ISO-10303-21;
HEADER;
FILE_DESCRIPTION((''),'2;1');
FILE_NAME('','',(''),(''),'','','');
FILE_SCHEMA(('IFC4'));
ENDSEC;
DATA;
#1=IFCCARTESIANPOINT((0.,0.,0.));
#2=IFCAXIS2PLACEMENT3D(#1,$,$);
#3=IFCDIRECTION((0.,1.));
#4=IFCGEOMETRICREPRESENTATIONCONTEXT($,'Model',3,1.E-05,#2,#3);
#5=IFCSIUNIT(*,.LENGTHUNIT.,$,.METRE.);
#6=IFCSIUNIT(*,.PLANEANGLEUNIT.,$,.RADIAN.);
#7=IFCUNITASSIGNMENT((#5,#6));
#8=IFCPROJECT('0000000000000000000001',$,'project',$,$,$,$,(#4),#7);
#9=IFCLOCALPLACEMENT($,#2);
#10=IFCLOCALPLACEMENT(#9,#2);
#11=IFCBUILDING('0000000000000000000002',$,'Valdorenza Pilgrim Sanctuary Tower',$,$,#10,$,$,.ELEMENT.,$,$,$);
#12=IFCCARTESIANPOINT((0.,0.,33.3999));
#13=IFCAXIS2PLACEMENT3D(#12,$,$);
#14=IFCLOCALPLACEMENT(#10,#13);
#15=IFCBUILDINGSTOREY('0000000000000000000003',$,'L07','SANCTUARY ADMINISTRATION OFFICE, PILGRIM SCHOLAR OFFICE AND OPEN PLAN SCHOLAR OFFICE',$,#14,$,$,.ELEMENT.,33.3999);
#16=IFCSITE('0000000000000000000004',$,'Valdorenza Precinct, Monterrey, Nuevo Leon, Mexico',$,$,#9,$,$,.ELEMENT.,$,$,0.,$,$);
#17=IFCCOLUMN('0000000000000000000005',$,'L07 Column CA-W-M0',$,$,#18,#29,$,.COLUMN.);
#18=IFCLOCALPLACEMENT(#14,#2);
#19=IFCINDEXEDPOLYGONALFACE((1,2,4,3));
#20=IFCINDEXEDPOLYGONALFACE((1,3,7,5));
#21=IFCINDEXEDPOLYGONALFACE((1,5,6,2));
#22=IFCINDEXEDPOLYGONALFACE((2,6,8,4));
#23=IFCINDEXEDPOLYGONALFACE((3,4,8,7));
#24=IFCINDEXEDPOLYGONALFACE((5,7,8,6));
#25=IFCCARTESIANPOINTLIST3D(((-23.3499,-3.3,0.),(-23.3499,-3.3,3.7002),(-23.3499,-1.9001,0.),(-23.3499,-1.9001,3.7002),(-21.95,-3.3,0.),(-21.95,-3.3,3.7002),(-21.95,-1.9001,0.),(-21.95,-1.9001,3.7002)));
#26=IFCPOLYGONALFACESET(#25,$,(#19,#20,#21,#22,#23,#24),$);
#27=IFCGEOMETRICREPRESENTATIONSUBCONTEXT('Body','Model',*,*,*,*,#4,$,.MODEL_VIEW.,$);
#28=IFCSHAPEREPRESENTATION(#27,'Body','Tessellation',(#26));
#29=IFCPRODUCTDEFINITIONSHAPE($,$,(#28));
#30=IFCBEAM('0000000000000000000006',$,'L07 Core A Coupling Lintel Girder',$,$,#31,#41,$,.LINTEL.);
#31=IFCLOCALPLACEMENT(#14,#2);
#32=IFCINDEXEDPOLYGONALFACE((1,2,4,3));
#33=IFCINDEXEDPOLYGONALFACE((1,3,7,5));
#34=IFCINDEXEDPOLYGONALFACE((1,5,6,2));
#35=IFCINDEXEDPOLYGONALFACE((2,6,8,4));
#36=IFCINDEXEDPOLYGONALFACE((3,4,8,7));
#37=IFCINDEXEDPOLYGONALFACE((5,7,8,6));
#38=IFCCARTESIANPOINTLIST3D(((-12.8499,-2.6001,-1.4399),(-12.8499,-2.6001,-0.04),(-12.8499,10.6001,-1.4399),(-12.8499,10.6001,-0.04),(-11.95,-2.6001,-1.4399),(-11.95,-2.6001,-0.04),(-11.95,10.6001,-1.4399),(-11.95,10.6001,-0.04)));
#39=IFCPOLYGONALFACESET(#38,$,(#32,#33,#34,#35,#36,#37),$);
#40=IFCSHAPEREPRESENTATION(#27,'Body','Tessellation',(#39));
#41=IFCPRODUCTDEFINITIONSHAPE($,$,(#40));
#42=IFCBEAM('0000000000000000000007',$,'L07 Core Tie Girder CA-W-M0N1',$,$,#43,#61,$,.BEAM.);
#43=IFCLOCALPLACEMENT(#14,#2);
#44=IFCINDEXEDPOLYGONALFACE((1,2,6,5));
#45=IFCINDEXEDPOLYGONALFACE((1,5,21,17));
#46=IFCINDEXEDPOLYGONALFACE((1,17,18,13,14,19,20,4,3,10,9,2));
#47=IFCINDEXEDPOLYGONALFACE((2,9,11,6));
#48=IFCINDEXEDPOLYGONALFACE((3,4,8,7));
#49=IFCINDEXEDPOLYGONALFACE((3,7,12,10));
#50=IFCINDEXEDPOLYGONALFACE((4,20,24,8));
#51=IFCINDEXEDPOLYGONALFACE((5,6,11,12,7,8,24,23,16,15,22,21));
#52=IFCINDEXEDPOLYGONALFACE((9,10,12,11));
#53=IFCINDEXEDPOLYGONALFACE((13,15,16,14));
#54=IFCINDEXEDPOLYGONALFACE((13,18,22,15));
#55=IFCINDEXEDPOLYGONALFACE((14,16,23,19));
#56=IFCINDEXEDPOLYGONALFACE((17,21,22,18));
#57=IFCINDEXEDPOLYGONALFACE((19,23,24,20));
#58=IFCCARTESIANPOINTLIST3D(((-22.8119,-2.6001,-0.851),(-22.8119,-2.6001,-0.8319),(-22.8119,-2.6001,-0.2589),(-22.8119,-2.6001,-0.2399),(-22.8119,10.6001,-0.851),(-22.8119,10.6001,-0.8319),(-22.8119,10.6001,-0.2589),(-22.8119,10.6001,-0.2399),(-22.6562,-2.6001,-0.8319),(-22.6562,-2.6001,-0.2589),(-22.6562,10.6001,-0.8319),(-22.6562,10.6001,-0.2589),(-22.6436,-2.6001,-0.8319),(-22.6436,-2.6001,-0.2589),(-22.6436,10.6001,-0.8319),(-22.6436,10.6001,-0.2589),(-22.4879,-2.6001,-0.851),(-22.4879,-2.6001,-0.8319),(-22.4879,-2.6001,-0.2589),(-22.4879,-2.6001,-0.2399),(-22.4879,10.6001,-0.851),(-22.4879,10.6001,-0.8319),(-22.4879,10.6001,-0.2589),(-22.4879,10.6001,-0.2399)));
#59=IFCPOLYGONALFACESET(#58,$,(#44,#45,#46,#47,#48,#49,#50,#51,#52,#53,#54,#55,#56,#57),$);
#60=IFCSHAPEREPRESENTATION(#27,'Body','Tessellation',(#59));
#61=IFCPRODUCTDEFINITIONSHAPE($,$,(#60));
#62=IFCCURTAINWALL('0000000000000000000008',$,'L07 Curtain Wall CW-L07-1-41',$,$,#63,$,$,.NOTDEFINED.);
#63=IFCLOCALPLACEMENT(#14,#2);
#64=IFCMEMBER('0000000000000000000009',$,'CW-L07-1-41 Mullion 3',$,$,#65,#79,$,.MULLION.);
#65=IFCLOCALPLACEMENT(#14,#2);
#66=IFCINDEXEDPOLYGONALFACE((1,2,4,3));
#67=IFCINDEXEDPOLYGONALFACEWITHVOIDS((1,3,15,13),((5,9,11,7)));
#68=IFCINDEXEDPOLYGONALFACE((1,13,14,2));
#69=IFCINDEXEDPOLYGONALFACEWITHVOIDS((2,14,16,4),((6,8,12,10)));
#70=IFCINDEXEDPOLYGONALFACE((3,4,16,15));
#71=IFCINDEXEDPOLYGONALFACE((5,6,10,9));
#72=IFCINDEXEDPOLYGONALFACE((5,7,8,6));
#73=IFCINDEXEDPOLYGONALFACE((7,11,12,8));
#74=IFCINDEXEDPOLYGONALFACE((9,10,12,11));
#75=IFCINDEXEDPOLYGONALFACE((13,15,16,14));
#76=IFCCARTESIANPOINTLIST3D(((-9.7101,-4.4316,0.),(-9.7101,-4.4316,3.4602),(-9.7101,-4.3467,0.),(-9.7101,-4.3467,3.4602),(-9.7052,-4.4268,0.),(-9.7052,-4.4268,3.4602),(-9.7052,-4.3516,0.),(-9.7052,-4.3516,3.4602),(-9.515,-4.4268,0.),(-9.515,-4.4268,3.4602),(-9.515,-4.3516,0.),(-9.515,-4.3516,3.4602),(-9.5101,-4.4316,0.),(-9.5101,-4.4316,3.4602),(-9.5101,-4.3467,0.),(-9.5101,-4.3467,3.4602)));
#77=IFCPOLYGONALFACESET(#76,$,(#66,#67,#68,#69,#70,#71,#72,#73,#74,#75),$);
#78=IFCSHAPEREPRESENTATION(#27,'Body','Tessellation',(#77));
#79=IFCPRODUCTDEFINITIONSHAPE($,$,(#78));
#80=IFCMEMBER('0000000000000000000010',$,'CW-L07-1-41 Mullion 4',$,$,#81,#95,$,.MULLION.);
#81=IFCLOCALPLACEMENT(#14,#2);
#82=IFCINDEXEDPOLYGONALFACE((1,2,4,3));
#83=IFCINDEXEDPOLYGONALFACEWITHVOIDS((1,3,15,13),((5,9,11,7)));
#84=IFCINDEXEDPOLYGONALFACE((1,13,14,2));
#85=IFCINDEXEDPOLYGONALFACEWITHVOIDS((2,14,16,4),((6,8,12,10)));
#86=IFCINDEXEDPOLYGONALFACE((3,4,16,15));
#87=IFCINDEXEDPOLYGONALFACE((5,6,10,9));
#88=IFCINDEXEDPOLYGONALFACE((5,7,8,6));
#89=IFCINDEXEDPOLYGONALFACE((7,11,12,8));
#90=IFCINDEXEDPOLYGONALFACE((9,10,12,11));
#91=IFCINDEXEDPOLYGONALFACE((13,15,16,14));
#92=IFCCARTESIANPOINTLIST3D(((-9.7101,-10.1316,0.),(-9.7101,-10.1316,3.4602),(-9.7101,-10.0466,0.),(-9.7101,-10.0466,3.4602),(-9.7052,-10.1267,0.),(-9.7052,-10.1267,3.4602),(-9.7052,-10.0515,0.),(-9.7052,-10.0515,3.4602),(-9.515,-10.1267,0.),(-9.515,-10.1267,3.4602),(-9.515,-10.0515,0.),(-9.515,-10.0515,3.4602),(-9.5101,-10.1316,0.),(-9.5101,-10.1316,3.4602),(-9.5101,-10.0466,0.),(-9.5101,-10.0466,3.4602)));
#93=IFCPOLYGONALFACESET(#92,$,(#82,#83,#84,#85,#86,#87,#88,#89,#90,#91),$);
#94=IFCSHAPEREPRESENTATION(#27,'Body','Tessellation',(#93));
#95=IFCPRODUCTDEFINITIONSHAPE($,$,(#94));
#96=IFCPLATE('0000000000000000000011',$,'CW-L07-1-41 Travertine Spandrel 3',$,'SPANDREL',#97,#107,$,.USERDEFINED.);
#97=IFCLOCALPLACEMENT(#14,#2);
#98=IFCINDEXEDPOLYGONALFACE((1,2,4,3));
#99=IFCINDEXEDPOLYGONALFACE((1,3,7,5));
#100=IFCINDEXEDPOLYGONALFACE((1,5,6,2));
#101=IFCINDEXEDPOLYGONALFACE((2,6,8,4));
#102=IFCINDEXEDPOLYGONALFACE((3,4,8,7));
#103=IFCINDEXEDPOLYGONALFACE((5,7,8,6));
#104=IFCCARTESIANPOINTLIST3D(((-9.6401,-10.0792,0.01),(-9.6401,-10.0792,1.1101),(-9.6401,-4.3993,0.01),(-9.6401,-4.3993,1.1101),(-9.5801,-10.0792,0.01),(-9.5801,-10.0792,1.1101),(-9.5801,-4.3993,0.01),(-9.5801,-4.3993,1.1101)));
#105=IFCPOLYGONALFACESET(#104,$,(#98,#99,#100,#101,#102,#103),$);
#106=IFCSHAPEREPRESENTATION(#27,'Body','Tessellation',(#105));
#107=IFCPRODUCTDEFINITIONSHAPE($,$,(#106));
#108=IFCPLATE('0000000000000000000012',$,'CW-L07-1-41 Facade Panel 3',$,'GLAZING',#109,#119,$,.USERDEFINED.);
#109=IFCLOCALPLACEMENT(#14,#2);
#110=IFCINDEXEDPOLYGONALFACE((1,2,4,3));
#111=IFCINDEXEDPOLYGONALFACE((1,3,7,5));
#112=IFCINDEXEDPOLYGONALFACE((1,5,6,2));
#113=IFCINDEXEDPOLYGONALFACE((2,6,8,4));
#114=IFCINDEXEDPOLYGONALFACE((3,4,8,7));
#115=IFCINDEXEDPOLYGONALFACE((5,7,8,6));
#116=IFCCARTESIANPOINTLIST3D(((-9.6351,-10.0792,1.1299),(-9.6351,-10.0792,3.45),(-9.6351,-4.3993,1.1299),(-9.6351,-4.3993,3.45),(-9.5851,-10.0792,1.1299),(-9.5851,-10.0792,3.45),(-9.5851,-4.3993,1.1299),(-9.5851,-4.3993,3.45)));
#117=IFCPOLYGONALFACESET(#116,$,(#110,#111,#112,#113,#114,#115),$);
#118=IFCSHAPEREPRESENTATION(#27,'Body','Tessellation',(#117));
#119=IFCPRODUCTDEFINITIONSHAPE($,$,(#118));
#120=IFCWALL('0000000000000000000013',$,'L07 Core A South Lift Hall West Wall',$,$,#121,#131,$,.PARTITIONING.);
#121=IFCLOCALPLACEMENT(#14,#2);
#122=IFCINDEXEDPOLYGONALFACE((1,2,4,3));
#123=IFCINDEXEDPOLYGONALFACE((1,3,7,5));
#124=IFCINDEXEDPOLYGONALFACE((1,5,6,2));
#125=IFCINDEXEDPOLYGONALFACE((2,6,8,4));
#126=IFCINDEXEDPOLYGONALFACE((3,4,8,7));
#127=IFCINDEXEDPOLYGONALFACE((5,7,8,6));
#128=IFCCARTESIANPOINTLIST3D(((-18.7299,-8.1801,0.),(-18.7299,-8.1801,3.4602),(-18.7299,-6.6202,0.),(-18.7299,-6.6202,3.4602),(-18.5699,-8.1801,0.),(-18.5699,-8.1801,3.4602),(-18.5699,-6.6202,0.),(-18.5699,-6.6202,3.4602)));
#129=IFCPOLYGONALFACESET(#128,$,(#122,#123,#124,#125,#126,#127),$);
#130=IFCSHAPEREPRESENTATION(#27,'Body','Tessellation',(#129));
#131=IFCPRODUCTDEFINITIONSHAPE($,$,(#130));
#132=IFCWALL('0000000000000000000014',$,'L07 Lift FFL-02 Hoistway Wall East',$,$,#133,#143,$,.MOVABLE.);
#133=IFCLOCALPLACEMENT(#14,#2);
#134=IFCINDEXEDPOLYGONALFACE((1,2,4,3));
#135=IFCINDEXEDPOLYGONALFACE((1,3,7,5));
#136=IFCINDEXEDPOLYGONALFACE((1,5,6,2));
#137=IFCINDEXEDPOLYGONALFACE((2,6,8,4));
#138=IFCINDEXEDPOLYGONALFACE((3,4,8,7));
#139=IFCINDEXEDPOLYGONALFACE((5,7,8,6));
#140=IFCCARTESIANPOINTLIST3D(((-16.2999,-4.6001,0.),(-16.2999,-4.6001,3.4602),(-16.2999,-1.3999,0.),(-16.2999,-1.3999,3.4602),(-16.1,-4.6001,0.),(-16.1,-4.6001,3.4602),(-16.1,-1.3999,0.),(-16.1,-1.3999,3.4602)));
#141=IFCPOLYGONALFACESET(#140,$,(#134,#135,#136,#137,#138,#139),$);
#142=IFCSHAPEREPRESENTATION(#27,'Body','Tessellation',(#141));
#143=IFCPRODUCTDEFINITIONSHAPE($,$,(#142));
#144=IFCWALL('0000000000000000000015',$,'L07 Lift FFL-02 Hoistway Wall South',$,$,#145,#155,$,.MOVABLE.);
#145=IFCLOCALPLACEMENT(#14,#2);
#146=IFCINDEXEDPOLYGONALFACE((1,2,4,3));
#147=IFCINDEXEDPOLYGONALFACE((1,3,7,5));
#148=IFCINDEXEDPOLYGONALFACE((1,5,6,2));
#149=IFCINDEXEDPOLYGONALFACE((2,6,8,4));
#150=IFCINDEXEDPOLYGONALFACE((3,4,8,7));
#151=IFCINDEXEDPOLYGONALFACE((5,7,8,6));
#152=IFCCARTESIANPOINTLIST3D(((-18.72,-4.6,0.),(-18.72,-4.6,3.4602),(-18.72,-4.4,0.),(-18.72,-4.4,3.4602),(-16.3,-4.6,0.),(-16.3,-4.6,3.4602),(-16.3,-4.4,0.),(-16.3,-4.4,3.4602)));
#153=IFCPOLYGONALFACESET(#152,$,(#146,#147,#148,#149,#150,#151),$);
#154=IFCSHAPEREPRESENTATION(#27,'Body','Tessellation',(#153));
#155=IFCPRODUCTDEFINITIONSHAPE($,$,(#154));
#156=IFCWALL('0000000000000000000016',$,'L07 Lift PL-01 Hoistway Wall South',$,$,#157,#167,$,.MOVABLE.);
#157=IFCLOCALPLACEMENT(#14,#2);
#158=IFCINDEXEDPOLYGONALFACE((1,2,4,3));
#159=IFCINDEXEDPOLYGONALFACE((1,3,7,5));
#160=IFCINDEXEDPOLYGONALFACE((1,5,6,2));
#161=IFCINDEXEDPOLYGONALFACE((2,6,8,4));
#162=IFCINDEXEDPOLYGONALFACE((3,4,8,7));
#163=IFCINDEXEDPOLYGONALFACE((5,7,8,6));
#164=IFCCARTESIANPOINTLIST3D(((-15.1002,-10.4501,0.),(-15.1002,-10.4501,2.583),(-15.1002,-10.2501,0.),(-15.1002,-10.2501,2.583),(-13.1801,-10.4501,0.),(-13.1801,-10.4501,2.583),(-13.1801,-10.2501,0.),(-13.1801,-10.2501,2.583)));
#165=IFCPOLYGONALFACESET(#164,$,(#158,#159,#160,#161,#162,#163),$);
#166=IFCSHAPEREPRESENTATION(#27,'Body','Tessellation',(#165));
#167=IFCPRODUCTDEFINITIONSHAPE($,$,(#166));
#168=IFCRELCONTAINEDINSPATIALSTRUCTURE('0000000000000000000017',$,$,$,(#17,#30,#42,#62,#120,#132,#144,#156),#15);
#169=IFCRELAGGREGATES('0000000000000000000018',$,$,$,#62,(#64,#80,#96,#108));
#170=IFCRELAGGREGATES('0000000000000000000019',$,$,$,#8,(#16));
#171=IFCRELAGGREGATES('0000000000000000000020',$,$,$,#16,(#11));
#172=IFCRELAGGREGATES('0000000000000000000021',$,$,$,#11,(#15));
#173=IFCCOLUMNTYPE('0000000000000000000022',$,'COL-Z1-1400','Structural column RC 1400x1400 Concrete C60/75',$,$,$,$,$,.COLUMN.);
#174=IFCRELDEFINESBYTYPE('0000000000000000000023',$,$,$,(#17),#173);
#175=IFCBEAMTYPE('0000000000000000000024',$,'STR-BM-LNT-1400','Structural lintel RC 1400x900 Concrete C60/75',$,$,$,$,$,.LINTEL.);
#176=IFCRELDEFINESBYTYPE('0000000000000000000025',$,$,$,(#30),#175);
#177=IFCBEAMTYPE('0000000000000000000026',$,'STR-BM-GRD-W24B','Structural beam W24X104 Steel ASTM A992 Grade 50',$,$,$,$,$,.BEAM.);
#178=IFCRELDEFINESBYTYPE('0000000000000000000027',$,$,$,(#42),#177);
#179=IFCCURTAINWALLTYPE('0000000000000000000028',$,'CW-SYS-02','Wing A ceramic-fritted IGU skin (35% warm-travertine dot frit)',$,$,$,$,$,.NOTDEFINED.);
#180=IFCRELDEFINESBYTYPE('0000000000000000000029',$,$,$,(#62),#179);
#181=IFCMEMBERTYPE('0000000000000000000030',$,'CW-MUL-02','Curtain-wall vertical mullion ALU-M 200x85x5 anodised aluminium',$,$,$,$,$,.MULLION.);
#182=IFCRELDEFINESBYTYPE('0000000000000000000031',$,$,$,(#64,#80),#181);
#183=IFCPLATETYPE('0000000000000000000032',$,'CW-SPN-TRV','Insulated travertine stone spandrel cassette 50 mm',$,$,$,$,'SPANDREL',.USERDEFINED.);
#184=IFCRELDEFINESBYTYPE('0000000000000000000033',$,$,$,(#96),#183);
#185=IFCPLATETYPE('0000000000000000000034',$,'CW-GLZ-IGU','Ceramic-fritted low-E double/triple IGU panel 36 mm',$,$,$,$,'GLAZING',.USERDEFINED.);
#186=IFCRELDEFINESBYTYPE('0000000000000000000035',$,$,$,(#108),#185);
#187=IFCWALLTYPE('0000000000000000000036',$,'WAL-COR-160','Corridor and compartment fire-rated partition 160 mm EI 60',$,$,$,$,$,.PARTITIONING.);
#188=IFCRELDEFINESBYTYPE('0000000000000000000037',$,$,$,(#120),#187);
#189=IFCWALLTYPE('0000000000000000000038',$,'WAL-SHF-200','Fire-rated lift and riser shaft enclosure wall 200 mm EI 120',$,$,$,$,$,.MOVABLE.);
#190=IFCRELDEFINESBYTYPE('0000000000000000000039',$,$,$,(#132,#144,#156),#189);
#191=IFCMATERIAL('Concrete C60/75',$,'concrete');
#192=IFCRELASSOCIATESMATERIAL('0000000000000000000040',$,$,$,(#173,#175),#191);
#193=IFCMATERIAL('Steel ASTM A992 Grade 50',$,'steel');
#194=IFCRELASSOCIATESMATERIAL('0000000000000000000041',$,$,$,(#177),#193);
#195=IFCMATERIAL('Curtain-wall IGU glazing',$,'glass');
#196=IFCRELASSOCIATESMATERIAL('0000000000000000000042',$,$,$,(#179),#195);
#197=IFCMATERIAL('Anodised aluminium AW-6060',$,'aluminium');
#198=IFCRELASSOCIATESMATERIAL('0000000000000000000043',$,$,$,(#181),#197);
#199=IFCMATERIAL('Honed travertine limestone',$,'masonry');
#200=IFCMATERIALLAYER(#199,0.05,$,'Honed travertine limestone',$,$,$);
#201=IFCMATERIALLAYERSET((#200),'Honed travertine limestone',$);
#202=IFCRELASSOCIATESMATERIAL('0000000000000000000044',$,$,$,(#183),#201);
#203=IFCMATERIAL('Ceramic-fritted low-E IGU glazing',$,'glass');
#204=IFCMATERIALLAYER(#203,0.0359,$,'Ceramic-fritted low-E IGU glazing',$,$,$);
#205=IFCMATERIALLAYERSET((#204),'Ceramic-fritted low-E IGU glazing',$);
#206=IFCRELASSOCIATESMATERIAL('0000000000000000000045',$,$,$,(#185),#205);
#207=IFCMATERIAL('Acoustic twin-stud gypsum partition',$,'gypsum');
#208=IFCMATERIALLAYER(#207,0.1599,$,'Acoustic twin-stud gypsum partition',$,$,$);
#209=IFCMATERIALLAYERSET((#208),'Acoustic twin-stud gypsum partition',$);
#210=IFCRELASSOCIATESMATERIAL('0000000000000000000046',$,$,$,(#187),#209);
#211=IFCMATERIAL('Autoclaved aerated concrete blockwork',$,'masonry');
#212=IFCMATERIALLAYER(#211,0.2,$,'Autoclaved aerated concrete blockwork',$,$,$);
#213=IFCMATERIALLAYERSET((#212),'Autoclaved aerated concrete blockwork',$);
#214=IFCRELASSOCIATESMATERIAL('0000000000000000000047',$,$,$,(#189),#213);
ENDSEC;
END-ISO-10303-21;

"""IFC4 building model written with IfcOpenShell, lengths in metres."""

from ifc_helpers import new_model, si_unit, direction, frame, frame_2d, origin, origin_2d, place, context, subcontext, project, spatial, rectangle, hollow_rectangle, i_section, extrude, source, transform, mapped, material, layer, layer_set, material_profile, profile_set, type_object, element, aggregate, save


model = new_model("IFC4")

# Units and contexts
model_context = context("Model", 3, precision=1e-05, world=origin(), true_north=direction((0.0, 1.0)))
body_context = subcontext(model_context, "Body", "Model", "MODEL_VIEW")
ifc_project = project(units=[si_unit("LENGTHUNIT", "METRE"), si_unit("PLANEANGLEUNIT", "RADIAN")], contexts=[model_context])

# Site, building, storey
site_placement = place(None, origin())
site = spatial("IfcSite", under=ifc_project, at=site_placement, Name="Valdorenza Precinct, Monterrey, Nuevo Leon, Mexico", CompositionType="ELEMENT", RefElevation=0.0)
building_placement = place(site_placement, origin())
building = spatial("IfcBuilding", under=site, at=building_placement, Name="Valdorenza Pilgrim Sanctuary Tower", CompositionType="ELEMENT")
storey_placement = place(building_placement, frame((0.0, 0.0, 33.3999)))
storey = spatial("IfcBuildingStorey", under=building, at=storey_placement, Name="L07", Description="SANCTUARY ADMINISTRATION OFFICE, PILGRIM SCHOLAR OFFICE AND OPEN PLAN SCHOLAR OFFICE", CompositionType="ELEMENT", Elevation=33.3999)

# Column
ifc_material_1 = material(Name="Concrete C60/75", Category="concrete")
ifc_material_profile_1 = material_profile(ifc_material_1, rectangle(XDim=1.3999, YDim=1.3999, at=origin_2d()), Name="RC 1400x1400")
ifc_profile_set_1 = profile_set([ifc_material_profile_1], Name="Concrete C60/75")
column_type = type_object("IfcColumnType", Name="COL-Z1-1400", Description="Structural column RC 1400x1400 Concrete C60/75", PredefinedType="COLUMN", material=ifc_profile_set_1)
shared_shape_1 = source(origin(), body_context, "Body", "SweptSolid", [
    extrude(rectangle(XDim=1.3999, YDim=1.3999, at=origin_2d()), origin(), (0.0, 0.0, 1.0), 3.7002),
])
column_placement = place(storey_placement, frame((-22.6499, -2.6001, 0.0), z_axis=(0.0, 0.0, 1.0), x_axis=(1.0, 0.0, 0.0)))
element("IfcColumn", 1, at=column_placement, inside=storey, type_object=column_type, Name="L07 Column CA-W-M0", PredefinedType="COLUMN", context=body_context, shape_type="MappedRepresentation", body=[
    mapped(shared_shape_1, transform((0.0, 0.0, 0.0), x_axis=(1.0, 0.0, 0.0), y_axis=(0.0, 1.0, 0.0), z_axis=(0.0, 0.0, 1.0), scale=1.0)),
])

# Beams
ifc_material_profile_2 = material_profile(ifc_material_1, rectangle(XDim=0.8999, YDim=1.3999, at=origin_2d()), Name="RC 1400x900")
ifc_profile_set_2 = profile_set([ifc_material_profile_2], Name="Concrete C60/75")
beam_type_1 = type_object("IfcBeamType", Name="STR-BM-LNT-1400", Description="Structural lintel RC 1400x900 Concrete C60/75", PredefinedType="LINTEL", material=ifc_profile_set_2)
shared_shape_2 = source(origin(), body_context, "Body", "SweptSolid", [
    extrude(rectangle(XDim=0.8999, YDim=1.3999, at=origin_2d()), origin(), (0.0, 0.0, 1.0), 13.2002),
])
beam_1_placement = place(storey_placement, frame((-12.3999, -2.6001, -0.74), z_axis=(0.0, 1.0, 0.0), x_axis=(-1.0, 0.0, 0.0)))
element("IfcBeam", 2, at=beam_1_placement, inside=storey, type_object=beam_type_1, Name="L07 Core A Coupling Lintel Girder", PredefinedType="LINTEL", context=body_context, shape_type="MappedRepresentation", body=[
    mapped(shared_shape_2, transform((0.0, 0.0, 0.0), x_axis=(1.0, 0.0, 0.0), y_axis=(0.0, 1.0, 0.0), z_axis=(0.0, 0.0, 1.0), scale=1.0)),
])
ifc_material_2 = material(Name="Steel ASTM A992 Grade 50", Category="steel")
ifc_material_profile_3 = material_profile(ifc_material_2, i_section(OverallWidth=0.324, OverallDepth=0.6111, WebThickness=0.0127, FlangeThickness=0.019, at=origin_2d()), Name="W24X104")
ifc_profile_set_3 = profile_set([ifc_material_profile_3], Name="Steel ASTM A992 Grade 50")
beam_type_2 = type_object("IfcBeamType", Name="STR-BM-GRD-W24B", Description="Structural beam W24X104 Steel ASTM A992 Grade 50", PredefinedType="BEAM", material=ifc_profile_set_3)
shared_shape_3 = source(origin(), body_context, "Body", "SweptSolid", [
    extrude(i_section(OverallWidth=0.324, OverallDepth=0.6111, WebThickness=0.0127, FlangeThickness=0.019, at=origin_2d()), origin(), (0.0, 0.0, 1.0), 13.2002),
])
beam_2_placement = place(storey_placement, frame((-22.6499, -2.6001, -0.5454), z_axis=(0.0, 1.0, 0.0), x_axis=(-1.0, 0.0, 0.0)))
element("IfcBeam", 3, at=beam_2_placement, inside=storey, type_object=beam_type_2, Name="L07 Core Tie Girder CA-W-M0N1", PredefinedType="BEAM", context=body_context, shape_type="MappedRepresentation", body=[
    mapped(shared_shape_3, transform((0.0, 0.0, 0.0), x_axis=(1.0, 0.0, 0.0), y_axis=(0.0, 1.0, 0.0), z_axis=(0.0, 0.0, 1.0), scale=1.0)),
])

# Curtain wall, members, plates
ifc_material_3 = material(Name="Curtain-wall IGU glazing", Category="glass")
curtain_wall_type = type_object("IfcCurtainWallType", Name="CW-SYS-02", Description="Wing A ceramic-fritted IGU skin (35% warm-travertine dot frit)", PredefinedType="NOTDEFINED", material=ifc_material_3)
curtain_wall_placement = place(storey_placement, origin())
curtain_wall = element("IfcCurtainWall", 4, at=curtain_wall_placement, inside=storey, type_object=curtain_wall_type, Name="L07 Curtain Wall CW-L07-1-41", PredefinedType="NOTDEFINED")
ifc_material_4 = material(Name="Anodised aluminium AW-6060", Category="aluminium")
ifc_material_profile_4 = material_profile(ifc_material_4, hollow_rectangle(XDim=0.085, YDim=0.2, WallThickness=0.0049, at=origin_2d()), Name="ALU-M 200x85x5")
ifc_profile_set_4 = profile_set([ifc_material_profile_4], Name="Anodised aluminium AW-6060")
member_type = type_object("IfcMemberType", Name="CW-MUL-02", Description="Curtain-wall vertical mullion ALU-M 200x85x5 anodised aluminium", PredefinedType="MULLION", material=ifc_profile_set_4)
shared_shape_4 = source(origin(), body_context, "Body", "SweptSolid", [
    extrude(hollow_rectangle(XDim=0.085, YDim=0.2, WallThickness=0.0049, at=origin_2d()), origin(), (0.0, 0.0, 1.0), 3.4602),
])
member_1_placement = place(storey_placement, frame((-9.6101, -4.3892, 0.0), z_axis=(0.0, 0.0, 1.0), x_axis=(0.0, -1.0, 0.0)))
member_1 = element("IfcMember", 5, at=member_1_placement, type_object=member_type, Name="CW-L07-1-41 Mullion 3", PredefinedType="MULLION", context=body_context, shape_type="MappedRepresentation", body=[
    mapped(shared_shape_4, transform((0.0, 0.0, 0.0), x_axis=(1.0, 0.0, 0.0), y_axis=(0.0, 1.0, 0.0), z_axis=(0.0, 0.0, 1.0), scale=1.0)),
])
member_2_placement = place(storey_placement, frame((-9.6101, -10.0891, 0.0), z_axis=(0.0, 0.0, 1.0), x_axis=(0.0, -1.0, 0.0)))
member_2 = element("IfcMember", 6, at=member_2_placement, type_object=member_type, Name="CW-L07-1-41 Mullion 4", PredefinedType="MULLION", context=body_context, shape_type="MappedRepresentation", body=[
    mapped(shared_shape_4, transform((0.0, 0.0, 0.0), x_axis=(1.0, 0.0, 0.0), y_axis=(0.0, 1.0, 0.0), z_axis=(0.0, 0.0, 1.0), scale=1.0)),
])
ifc_material_5 = material(Name="Honed travertine limestone", Category="masonry")
ifc_layer_1 = layer(ifc_material_5, 0.05, Name="Honed travertine limestone")
ifc_layer_set_1 = layer_set([ifc_layer_1], Name="Honed travertine limestone")
plate_type_1 = type_object("IfcPlateType", Name="CW-SPN-TRV", Description="Insulated travertine stone spandrel cassette 50 mm", ElementType="SPANDREL", PredefinedType="USERDEFINED", material=ifc_layer_set_1)
shared_shape_5 = source(origin(), body_context, "Body", "SweptSolid", [
    extrude(rectangle(XDim=5.6799, YDim=0.0601, at=origin_2d()), origin(), (0.0, 0.0, 1.0), 1.1001),
])
plate_1_placement = place(storey_placement, frame((-9.6101, -7.2393, 0.01), z_axis=(0.0, 0.0, 1.0), x_axis=(0.0, -1.0, 0.0)))
plate_1 = element("IfcPlate", 7, at=plate_1_placement, type_object=plate_type_1, Name="CW-L07-1-41 Travertine Spandrel 3", ObjectType="SPANDREL", PredefinedType="USERDEFINED", context=body_context, shape_type="MappedRepresentation", body=[
    mapped(shared_shape_5, transform((0.0, 0.0, 0.0), x_axis=(1.0, 0.0, 0.0), y_axis=(0.0, 1.0, 0.0), z_axis=(0.0, 0.0, 1.0), scale=1.0)),
])
ifc_material_6 = material(Name="Ceramic-fritted low-E IGU glazing", Category="glass")
ifc_layer_2 = layer(ifc_material_6, 0.0359, Name="Ceramic-fritted low-E IGU glazing")
ifc_layer_set_2 = layer_set([ifc_layer_2], Name="Ceramic-fritted low-E IGU glazing")
plate_type_2 = type_object("IfcPlateType", Name="CW-GLZ-IGU", Description="Ceramic-fritted low-E double/triple IGU panel 36 mm", ElementType="GLAZING", PredefinedType="USERDEFINED", material=ifc_layer_set_2)
shared_shape_6 = source(origin(), body_context, "Body", "SweptSolid", [
    extrude(rectangle(XDim=5.6799, YDim=0.05, at=origin_2d()), origin(), (0.0, 0.0, 1.0), 2.3201),
])
plate_2_placement = place(storey_placement, frame((-9.6101, -7.2393, 1.1299), z_axis=(0.0, 0.0, 1.0), x_axis=(0.0, -1.0, 0.0)))
plate_2 = element("IfcPlate", 8, at=plate_2_placement, type_object=plate_type_2, Name="CW-L07-1-41 Facade Panel 3", ObjectType="GLAZING", PredefinedType="USERDEFINED", context=body_context, shape_type="MappedRepresentation", body=[
    mapped(shared_shape_6, transform((0.0, 0.0, 0.0), x_axis=(1.0, 0.0, 0.0), y_axis=(0.0, 1.0, 0.0), z_axis=(0.0, 0.0, 1.0), scale=1.0)),
])
aggregate(curtain_wall, [member_1, member_2, plate_1, plate_2])

# Walls
ifc_material_7 = material(Name="Acoustic twin-stud gypsum partition", Category="gypsum")
ifc_layer_3 = layer(ifc_material_7, 0.1599, Name="Acoustic twin-stud gypsum partition")
ifc_layer_set_3 = layer_set([ifc_layer_3], Name="Acoustic twin-stud gypsum partition")
wall_type_1 = type_object("IfcWallType", Name="WAL-COR-160", Description="Corridor and compartment fire-rated partition 160 mm EI 60", PredefinedType="PARTITIONING", material=ifc_layer_set_3)
wall_1_placement = place(storey_placement, frame((-18.6499, -8.1799, 0.0), z_axis=(0.0, 0.0, 1.0), x_axis=(0.0, 1.0, 0.0)))
element("IfcWall", 9, at=wall_1_placement, inside=storey, type_object=wall_type_1, Name="L07 Core A South Lift Hall West Wall", PredefinedType="PARTITIONING", context=body_context, shape_type="SweptSolid", body=[
    extrude(rectangle(XDim=1.5598, YDim=0.1599, at=frame_2d((0.7798, 0.0))), origin(), (0.0, 0.0, 1.0), 3.4602),
])
ifc_material_8 = material(Name="Autoclaved aerated concrete blockwork", Category="masonry")
ifc_layer_4 = layer(ifc_material_8, 0.2, Name="Autoclaved aerated concrete blockwork")
ifc_layer_set_4 = layer_set([ifc_layer_4], Name="Autoclaved aerated concrete blockwork")
wall_type_2 = type_object("IfcWallType", Name="WAL-SHF-200", Description="Fire-rated lift and riser shaft enclosure wall 200 mm EI 120", PredefinedType="MOVABLE", material=ifc_layer_set_4)
wall_2_placement = place(storey_placement, frame((-16.2, -4.6001, 0.0), z_axis=(0.0, 0.0, 1.0), x_axis=(0.0, 1.0, 0.0)))
element("IfcWall", 10, at=wall_2_placement, inside=storey, type_object=wall_type_2, Name="L07 Lift FFL-02 Hoistway Wall East", PredefinedType="MOVABLE", context=body_context, shape_type="SweptSolid", body=[
    extrude(rectangle(XDim=3.2002, YDim=0.2, at=frame_2d((1.6001, 0.0))), origin(), (0.0, 0.0, 1.0), 3.4602),
])
wall_3_placement = place(storey_placement, frame((-18.72, -4.5, 0.0), z_axis=(0.0, 0.0, 1.0), x_axis=(1.0, 0.0, 0.0)))
element("IfcWall", 11, at=wall_3_placement, inside=storey, type_object=wall_type_2, Name="L07 Lift FFL-02 Hoistway Wall South", PredefinedType="MOVABLE", context=body_context, shape_type="SweptSolid", body=[
    extrude(rectangle(XDim=2.4199, YDim=0.2, at=frame_2d((1.21, 0.0))), origin(), (0.0, 0.0, 1.0), 3.4602),
])
wall_4_placement = place(storey_placement, frame((-15.1001, -10.3501, 0.0), z_axis=(0.0, 0.0, 1.0), x_axis=(1.0, 0.0, 0.0)))
element("IfcWall", 12, at=wall_4_placement, inside=storey, type_object=wall_type_2, Name="L07 Lift PL-01 Hoistway Wall South", PredefinedType="MOVABLE", context=body_context, shape_type="SweptSolid", body=[
    extrude(rectangle(XDim=1.9202, YDim=0.2, at=frame_2d((0.96, 0.0))), origin(), (0.0, 0.0, 1.0), 2.583),
])

save(model, "model.ifc")
